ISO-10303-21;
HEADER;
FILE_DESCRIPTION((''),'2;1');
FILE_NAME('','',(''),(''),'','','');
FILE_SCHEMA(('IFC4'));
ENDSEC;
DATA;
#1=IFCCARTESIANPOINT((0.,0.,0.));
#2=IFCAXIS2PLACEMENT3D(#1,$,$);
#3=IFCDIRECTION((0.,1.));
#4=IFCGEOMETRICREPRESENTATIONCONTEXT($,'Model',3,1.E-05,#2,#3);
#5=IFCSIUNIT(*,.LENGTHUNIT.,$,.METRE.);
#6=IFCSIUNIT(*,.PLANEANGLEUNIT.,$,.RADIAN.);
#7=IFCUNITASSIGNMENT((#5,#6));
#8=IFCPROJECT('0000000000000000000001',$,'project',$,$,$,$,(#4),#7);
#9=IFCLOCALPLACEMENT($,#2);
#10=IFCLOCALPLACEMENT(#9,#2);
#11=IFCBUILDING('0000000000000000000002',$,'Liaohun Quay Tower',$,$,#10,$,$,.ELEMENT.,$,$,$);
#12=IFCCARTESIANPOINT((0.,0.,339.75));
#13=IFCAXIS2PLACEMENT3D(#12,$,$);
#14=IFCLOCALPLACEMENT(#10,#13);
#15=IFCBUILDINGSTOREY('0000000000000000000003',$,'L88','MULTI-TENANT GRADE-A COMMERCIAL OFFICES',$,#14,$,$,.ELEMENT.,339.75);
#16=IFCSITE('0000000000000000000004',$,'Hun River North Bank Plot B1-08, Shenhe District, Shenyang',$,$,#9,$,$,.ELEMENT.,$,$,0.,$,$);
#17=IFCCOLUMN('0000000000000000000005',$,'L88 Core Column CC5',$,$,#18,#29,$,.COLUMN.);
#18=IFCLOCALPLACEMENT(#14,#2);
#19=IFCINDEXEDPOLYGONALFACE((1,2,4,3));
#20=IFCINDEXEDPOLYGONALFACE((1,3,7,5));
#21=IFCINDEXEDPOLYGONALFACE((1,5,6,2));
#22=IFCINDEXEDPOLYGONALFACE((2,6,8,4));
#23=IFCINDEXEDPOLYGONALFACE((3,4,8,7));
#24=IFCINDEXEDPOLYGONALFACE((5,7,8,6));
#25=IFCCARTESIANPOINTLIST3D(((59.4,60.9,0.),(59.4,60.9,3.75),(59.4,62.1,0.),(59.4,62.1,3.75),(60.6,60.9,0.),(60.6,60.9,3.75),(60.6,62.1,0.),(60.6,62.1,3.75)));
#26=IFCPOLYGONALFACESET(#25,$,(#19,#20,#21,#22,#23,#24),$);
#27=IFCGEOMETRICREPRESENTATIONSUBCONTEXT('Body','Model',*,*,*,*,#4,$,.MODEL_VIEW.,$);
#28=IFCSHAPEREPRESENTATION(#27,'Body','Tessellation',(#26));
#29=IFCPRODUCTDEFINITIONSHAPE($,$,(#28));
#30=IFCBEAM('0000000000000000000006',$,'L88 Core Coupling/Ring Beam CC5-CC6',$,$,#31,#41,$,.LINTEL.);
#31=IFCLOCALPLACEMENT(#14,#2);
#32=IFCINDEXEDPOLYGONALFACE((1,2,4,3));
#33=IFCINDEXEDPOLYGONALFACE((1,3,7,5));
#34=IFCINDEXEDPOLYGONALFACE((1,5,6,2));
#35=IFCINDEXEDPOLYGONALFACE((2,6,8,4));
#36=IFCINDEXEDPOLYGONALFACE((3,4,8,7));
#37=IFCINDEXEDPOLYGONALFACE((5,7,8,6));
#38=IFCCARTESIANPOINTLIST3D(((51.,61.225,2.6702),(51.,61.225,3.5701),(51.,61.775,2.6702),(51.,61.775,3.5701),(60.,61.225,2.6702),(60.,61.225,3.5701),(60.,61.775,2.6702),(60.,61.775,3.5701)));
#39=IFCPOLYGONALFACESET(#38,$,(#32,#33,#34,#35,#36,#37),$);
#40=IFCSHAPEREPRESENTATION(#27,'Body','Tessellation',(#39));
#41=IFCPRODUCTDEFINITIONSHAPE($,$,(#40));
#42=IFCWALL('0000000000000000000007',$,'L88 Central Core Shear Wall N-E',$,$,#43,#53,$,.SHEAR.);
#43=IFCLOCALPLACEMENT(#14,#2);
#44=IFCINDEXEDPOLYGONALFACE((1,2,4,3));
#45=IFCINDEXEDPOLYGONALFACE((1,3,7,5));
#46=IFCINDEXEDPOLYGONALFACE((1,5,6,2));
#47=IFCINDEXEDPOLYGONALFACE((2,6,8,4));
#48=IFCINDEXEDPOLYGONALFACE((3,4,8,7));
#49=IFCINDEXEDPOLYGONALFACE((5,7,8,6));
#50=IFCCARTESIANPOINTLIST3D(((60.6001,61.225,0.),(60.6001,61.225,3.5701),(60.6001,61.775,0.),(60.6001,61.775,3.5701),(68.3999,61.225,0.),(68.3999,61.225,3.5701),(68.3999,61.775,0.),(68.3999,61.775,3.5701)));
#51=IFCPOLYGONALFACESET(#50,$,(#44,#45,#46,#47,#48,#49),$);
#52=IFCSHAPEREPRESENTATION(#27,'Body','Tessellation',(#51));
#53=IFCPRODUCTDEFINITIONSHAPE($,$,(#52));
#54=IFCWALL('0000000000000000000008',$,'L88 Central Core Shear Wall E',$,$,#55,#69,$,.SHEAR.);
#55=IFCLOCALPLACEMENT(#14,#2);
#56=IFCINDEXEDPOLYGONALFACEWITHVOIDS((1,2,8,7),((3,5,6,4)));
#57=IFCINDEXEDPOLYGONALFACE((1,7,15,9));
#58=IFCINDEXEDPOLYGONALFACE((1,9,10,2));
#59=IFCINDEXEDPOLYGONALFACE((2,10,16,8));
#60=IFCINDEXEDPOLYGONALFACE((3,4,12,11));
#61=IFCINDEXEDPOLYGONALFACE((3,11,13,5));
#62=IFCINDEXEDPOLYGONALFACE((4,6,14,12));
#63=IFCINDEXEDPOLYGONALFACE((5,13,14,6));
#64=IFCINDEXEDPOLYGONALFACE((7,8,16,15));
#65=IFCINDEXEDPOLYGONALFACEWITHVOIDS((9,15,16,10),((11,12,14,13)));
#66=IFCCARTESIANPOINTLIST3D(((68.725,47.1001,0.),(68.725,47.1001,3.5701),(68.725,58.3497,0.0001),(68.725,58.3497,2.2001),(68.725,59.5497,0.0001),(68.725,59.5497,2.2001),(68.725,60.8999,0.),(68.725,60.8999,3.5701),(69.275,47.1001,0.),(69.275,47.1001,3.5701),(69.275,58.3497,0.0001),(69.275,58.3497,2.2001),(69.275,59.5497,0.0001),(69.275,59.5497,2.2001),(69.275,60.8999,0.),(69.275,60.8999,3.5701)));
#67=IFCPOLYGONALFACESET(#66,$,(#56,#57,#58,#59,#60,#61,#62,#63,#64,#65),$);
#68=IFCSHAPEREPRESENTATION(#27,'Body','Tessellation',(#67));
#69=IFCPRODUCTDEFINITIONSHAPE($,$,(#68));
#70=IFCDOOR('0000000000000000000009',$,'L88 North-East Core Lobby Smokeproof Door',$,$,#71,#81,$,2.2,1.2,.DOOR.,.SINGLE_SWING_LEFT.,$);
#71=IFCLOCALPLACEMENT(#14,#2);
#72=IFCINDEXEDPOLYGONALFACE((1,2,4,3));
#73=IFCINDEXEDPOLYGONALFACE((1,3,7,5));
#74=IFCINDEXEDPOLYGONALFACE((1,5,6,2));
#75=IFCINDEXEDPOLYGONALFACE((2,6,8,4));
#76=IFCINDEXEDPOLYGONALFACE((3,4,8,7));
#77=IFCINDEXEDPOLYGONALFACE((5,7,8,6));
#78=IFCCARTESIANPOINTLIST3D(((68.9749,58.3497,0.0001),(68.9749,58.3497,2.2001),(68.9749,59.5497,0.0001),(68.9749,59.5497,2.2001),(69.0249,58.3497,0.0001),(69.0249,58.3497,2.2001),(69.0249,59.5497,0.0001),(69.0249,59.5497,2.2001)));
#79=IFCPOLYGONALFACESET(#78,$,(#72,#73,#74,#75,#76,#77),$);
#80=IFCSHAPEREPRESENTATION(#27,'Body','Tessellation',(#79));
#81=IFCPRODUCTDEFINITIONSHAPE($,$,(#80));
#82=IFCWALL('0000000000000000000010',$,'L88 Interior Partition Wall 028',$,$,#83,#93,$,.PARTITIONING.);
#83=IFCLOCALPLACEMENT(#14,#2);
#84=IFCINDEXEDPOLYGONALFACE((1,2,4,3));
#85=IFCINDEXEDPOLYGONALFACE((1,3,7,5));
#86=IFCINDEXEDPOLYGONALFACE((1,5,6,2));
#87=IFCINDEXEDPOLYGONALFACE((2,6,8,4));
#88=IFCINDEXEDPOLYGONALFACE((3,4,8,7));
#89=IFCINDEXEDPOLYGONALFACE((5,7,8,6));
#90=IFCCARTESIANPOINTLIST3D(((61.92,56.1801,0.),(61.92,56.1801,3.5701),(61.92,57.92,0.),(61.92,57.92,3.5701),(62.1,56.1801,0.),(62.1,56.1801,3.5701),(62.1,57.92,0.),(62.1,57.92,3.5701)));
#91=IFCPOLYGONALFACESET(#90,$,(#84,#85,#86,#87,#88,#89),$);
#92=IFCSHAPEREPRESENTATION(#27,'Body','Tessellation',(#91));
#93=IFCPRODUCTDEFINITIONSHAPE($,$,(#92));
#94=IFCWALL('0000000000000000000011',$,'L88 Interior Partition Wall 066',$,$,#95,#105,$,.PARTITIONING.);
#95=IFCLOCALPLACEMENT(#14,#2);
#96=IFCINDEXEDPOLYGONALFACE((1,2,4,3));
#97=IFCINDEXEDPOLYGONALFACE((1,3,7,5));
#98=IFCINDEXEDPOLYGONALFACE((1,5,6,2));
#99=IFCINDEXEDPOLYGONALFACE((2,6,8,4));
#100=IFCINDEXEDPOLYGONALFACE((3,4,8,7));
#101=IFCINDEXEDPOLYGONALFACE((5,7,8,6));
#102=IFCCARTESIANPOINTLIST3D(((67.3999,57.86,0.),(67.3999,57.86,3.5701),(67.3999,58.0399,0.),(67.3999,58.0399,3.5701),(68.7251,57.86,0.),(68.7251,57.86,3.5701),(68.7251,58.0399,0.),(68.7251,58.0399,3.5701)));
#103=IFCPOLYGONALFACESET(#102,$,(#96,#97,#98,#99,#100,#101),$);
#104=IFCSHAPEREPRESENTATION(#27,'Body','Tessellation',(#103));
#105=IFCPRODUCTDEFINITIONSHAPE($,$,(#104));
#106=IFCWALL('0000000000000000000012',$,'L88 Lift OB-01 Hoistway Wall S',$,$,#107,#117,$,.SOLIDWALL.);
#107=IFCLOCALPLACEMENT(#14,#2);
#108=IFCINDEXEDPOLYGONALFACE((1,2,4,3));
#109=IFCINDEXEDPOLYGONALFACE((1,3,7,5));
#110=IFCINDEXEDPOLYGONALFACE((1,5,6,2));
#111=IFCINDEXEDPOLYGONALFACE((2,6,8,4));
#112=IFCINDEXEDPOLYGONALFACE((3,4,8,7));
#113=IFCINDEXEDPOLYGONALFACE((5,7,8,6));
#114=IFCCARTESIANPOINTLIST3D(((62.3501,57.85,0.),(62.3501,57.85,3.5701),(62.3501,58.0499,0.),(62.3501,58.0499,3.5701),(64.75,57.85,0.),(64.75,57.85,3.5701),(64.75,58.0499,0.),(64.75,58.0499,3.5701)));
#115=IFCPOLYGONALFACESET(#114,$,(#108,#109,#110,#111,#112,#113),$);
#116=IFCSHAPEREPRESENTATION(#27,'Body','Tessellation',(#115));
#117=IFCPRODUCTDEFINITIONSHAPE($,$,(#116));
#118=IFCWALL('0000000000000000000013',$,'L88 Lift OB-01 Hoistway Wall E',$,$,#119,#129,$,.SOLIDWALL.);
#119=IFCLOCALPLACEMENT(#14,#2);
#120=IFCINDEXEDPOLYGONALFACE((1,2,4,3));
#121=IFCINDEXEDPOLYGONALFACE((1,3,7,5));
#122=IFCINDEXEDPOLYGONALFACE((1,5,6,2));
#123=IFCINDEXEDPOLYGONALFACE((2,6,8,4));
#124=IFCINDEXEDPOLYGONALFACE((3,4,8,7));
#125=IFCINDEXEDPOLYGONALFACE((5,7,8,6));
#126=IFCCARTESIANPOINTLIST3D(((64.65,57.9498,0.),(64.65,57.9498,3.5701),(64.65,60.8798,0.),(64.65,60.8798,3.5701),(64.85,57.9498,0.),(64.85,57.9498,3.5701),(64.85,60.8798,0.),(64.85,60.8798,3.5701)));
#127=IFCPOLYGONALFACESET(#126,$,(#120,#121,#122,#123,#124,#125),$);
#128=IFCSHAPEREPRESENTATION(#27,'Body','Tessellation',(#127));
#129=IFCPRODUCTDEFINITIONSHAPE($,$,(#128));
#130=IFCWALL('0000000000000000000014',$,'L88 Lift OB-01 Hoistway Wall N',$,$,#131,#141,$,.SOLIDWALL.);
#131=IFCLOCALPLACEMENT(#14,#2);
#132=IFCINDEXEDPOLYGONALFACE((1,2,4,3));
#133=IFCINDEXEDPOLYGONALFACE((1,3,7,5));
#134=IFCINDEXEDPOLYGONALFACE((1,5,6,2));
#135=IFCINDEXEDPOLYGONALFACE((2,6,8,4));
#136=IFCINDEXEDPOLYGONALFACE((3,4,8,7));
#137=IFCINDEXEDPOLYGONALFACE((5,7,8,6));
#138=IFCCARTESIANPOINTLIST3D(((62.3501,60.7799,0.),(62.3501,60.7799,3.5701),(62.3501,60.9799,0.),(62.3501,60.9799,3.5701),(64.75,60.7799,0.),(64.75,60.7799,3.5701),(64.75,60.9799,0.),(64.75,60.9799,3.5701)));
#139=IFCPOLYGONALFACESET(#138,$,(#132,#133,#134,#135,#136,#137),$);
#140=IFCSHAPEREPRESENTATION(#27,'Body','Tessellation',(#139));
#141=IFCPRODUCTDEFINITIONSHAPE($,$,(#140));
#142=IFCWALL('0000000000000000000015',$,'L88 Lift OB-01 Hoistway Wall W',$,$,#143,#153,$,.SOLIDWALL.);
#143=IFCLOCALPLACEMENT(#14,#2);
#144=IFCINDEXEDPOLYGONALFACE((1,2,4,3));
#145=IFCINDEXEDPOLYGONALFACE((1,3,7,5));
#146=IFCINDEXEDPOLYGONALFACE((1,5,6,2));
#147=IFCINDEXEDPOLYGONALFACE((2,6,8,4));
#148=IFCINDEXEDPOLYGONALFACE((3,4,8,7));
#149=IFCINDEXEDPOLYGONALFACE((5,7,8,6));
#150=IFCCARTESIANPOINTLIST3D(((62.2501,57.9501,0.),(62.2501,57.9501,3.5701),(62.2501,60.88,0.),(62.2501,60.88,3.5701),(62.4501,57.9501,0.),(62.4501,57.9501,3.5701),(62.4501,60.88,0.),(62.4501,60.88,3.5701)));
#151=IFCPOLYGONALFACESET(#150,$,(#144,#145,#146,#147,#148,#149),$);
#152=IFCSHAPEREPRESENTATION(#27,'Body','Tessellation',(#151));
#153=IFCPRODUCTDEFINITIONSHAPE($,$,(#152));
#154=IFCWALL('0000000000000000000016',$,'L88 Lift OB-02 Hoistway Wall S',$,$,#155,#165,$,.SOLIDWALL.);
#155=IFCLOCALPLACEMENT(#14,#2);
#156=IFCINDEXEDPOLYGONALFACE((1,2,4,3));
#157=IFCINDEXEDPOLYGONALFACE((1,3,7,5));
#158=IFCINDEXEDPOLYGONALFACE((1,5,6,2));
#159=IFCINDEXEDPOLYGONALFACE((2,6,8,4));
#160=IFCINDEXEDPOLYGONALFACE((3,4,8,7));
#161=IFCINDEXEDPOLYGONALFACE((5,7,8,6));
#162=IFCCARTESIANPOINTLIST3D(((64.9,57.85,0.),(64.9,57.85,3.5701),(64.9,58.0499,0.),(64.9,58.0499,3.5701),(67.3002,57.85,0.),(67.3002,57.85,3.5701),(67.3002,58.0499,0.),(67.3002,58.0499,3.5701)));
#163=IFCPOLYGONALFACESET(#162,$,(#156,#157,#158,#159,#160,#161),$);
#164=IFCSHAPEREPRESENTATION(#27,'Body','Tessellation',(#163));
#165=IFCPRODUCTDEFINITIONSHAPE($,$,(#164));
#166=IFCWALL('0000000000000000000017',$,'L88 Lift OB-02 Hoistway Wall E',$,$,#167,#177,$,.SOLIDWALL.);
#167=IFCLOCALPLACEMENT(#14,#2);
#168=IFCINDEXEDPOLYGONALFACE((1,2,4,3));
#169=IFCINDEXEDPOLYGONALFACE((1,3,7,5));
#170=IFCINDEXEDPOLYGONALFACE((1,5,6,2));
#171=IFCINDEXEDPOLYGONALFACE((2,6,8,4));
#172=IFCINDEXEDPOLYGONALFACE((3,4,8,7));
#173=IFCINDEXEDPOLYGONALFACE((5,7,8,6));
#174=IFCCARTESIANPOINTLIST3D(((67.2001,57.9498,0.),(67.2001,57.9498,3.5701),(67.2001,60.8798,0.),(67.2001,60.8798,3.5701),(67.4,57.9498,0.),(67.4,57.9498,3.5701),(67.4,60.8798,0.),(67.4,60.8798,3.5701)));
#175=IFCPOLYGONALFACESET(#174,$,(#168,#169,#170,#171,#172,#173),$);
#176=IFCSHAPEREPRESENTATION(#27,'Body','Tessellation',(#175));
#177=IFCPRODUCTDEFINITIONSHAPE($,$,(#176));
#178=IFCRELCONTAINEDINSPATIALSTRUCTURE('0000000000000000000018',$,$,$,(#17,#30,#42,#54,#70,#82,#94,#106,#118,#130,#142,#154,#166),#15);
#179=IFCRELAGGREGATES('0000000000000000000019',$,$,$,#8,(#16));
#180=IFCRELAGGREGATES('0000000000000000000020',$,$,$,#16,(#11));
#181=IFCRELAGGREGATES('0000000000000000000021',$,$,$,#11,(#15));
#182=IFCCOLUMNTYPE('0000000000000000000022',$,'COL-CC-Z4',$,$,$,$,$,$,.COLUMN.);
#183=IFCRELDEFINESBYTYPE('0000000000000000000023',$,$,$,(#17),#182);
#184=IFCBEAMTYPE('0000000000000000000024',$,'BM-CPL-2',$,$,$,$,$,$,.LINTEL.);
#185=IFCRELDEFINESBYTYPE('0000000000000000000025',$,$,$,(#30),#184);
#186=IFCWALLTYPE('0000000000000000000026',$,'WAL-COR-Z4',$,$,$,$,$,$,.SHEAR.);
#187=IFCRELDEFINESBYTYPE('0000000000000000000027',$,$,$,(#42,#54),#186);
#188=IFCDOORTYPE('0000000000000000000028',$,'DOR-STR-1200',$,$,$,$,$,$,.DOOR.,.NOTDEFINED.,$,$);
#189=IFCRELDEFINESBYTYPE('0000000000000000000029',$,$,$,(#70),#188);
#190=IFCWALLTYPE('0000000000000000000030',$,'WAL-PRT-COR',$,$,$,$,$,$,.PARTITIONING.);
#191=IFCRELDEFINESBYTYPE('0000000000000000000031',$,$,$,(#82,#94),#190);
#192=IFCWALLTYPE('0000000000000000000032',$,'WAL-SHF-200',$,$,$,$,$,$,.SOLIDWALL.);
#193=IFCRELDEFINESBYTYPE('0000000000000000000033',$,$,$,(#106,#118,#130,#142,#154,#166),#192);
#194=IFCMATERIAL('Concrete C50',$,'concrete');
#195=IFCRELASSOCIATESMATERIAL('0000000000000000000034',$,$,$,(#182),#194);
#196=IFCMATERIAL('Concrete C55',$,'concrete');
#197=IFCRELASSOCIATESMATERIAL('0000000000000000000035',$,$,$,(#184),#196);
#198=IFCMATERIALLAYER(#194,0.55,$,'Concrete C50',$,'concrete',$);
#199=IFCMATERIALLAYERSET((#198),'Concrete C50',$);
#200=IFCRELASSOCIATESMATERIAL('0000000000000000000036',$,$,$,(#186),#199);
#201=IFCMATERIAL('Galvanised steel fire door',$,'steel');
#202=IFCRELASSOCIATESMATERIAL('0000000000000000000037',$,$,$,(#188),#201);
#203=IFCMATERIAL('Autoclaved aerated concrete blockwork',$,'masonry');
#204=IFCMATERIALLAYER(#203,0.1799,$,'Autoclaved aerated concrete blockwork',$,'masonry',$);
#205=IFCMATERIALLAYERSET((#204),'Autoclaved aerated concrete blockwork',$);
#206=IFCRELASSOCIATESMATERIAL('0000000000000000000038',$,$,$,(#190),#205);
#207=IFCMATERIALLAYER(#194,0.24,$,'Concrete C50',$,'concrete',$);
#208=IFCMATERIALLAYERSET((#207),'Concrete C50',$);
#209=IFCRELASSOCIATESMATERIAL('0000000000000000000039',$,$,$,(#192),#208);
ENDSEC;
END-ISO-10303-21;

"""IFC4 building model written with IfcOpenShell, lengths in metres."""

from ifc_helpers import new_model, si_unit, direction, frame, frame_2d, origin, origin_2d, place, context, subcontext, project, spatial, rectangle, extrude, source, transform, mapped, material, layer, layer_set, material_profile, profile_set, type_object, element, fill, save


model = new_model("IFC4")

# Units and contexts
model_context = context("Model", 3, precision=1e-05, world=origin(), true_north=direction((0.0, 1.0)))
body_context = subcontext(model_context, "Body", "Model", "MODEL_VIEW")
ifc_project = project(units=[si_unit("LENGTHUNIT", "METRE"), si_unit("PLANEANGLEUNIT", "RADIAN")], contexts=[model_context])

# Site, building, storey
site_placement = place(None, origin())
site = spatial("IfcSite", under=ifc_project, at=site_placement, Name="Hun River North Bank Plot B1-08, Shenhe District, Shenyang", CompositionType="ELEMENT", RefElevation=0.0)
building_placement = place(site_placement, origin())
building = spatial("IfcBuilding", under=site, at=building_placement, Name="Liaohun Quay Tower", CompositionType="ELEMENT")
storey_placement = place(building_placement, frame((0.0, 0.0, 339.75)))
storey = spatial("IfcBuildingStorey", under=building, at=storey_placement, Name="L88", Description="MULTI-TENANT GRADE-A COMMERCIAL OFFICES", CompositionType="ELEMENT", Elevation=339.75)

# Column
ifc_material_1 = material(Name="Concrete C50", Category="concrete")
ifc_material_profile_1 = material_profile(ifc_material_1, rectangle(XDim=1.2, YDim=1.2, at=origin_2d()), Name="RC1200x1200")
ifc_profile_set_1 = profile_set([ifc_material_profile_1], Name="Concrete C50")
column_type = type_object("IfcColumnType", Name="COL-CC-Z4", PredefinedType="COLUMN", material=ifc_profile_set_1)
shared_shape_1 = source(origin(), body_context, "Body", "SweptSolid", [
    extrude(rectangle(XDim=1.2, YDim=1.2, at=origin_2d()), origin(), (0.0, 0.0, 1.0), 3.75),
])
column_placement = place(storey_placement, frame((60.0, 61.5, 0.0), z_axis=(0.0, 0.0, 1.0), x_axis=(1.0, 0.0, 0.0)))
element("IfcColumn", 1, at=column_placement, inside=storey, type_object=column_type, Name="L88 Core Column CC5", PredefinedType="COLUMN", context=body_context, shape_type="MappedRepresentation", body=[
    mapped(shared_shape_1, transform((0.0, 0.0, 0.0), x_axis=(1.0, 0.0, 0.0), y_axis=(0.0, 1.0, 0.0), z_axis=(0.0, 0.0, 1.0), scale=1.0)),
])

# Beam
ifc_material_2 = material(Name="Concrete C55", Category="concrete")
ifc_material_profile_2 = material_profile(ifc_material_2, rectangle(XDim=0.55, YDim=0.8999, at=origin_2d()), Name="RC550x900")
ifc_profile_set_2 = profile_set([ifc_material_profile_2], Name="Concrete C55")
beam_type = type_object("IfcBeamType", Name="BM-CPL-2", PredefinedType="LINTEL", material=ifc_profile_set_2)
shared_shape_2 = source(origin(), body_context, "Body", "SweptSolid", [
    extrude(rectangle(XDim=0.55, YDim=0.8999, at=origin_2d()), origin(), (0.0, 0.0, 1.0), 9.0),
])
beam_placement = place(storey_placement, frame((60.0, 61.5, 3.1201), z_axis=(-1.0, 0.0, 0.0), x_axis=(0.0, -1.0, 0.0)))
element("IfcBeam", 2, at=beam_placement, inside=storey, type_object=beam_type, Name="L88 Core Coupling/Ring Beam CC5-CC6", PredefinedType="LINTEL", context=body_context, shape_type="MappedRepresentation", body=[
    mapped(shared_shape_2, transform((0.0, 0.0, 0.0), x_axis=(1.0, 0.0, 0.0), y_axis=(0.0, 1.0, 0.0), z_axis=(0.0, 0.0, 1.0), scale=1.0)),
])

# Wall
ifc_layer_1 = layer(ifc_material_1, 0.55, Name="Concrete C50", Category="concrete")
ifc_layer_set_1 = layer_set([ifc_layer_1], Name="Concrete C50")
wall_type_1 = type_object("IfcWallType", Name="WAL-COR-Z4", PredefinedType="SHEAR", material=ifc_layer_set_1)
wall_1_placement = place(storey_placement, frame((60.6001, 61.5, 0.0), z_axis=(0.0, 0.0, 1.0), x_axis=(1.0, 0.0, 0.0)))
element("IfcWall", 3, at=wall_1_placement, inside=storey, type_object=wall_type_1, Name="L88 Central Core Shear Wall N-E", PredefinedType="SHEAR", context=body_context, shape_type="SweptSolid", body=[
    extrude(rectangle(XDim=7.7998, YDim=0.55, at=frame_2d((3.8999, 0.0))), origin(), (0.0, 0.0, 1.0), 3.5701),
])

# Wall, opening, door
wall_2_placement = place(storey_placement, frame((69.0, 60.8999, 0.0), z_axis=(0.0, 0.0, 1.0), x_axis=(0.0, -1.0, 0.0)))
wall_2 = element("IfcWall", 4, at=wall_2_placement, inside=storey, type_object=wall_type_1, Name="L88 Central Core Shear Wall E", PredefinedType="SHEAR", context=body_context, shape_type="SweptSolid", body=[
    extrude(rectangle(XDim=13.7998, YDim=0.55, at=frame_2d((6.8999, 0.0))), origin(), (0.0, 0.0, 1.0), 3.5701),
])
shared_shape_3 = source(origin(), body_context, "Body", "SweptSolid", [
    extrude(rectangle(XDim=1.2, YDim=2.2, at=frame_2d((0.6001, 1.1001))), frame((0.0, 0.2849, 0.0), z_axis=(0.0, -1.0, 0.0), x_axis=(1.0, 0.0, 0.0)), (0.0, 0.0, 1.0), 0.5701),
])
opening_placement = place(wall_2_placement, frame((1.3501, 0.0, 0.0)))
opening = element("IfcOpeningElement", 5, at=opening_placement, cuts=wall_2, PredefinedType="OPENING", context=body_context, shape_type="MappedRepresentation", body=[
    mapped(shared_shape_3, transform((0.0, 0.0, 0.0), x_axis=(1.0, 0.0, 0.0), y_axis=(0.0, 1.0, 0.0), z_axis=(0.0, 0.0, 1.0), scale=1.0)),
])
ifc_material_3 = material(Name="Galvanised steel fire door", Category="steel")
door_type = type_object("IfcDoorType", Name="DOR-STR-1200", OperationType="NOTDEFINED", PredefinedType="DOOR", material=ifc_material_3)
shared_shape_4 = source(origin(), body_context, "Body", "SweptSolid", [
    extrude(rectangle(XDim=1.2, YDim=2.2, at=frame_2d((0.6001, 1.1001))), frame((0.0, 0.0249, 0.0), z_axis=(0.0, -1.0, 0.0), x_axis=(1.0, 0.0, 0.0)), (0.0, 0.0, 1.0), 0.05),
])
door_placement = place(opening_placement, origin())
door = element("IfcDoor", 6, at=door_placement, inside=storey, type_object=door_type, Name="L88 North-East Core Lobby Smokeproof Door", OperationType="SINGLE_SWING_LEFT", OverallHeight=2.2, OverallWidth=1.2, PredefinedType="DOOR", context=body_context, shape_type="MappedRepresentation", body=[
    mapped(shared_shape_4, transform((0.0, 0.0, 0.0), x_axis=(1.0, 0.0, 0.0), y_axis=(0.0, 1.0, 0.0), z_axis=(0.0, 0.0, 1.0), scale=1.0)),
])
fill(opening, door)

# Walls
ifc_material_4 = material(Name="Autoclaved aerated concrete blockwork", Category="masonry")
ifc_layer_2 = layer(ifc_material_4, 0.1799, Name="Autoclaved aerated concrete blockwork", Category="masonry")
ifc_layer_set_2 = layer_set([ifc_layer_2], Name="Autoclaved aerated concrete blockwork")
wall_type_2 = type_object("IfcWallType", Name="WAL-PRT-COR", PredefinedType="PARTITIONING", material=ifc_layer_set_2)
wall_3_placement = place(storey_placement, frame((62.01, 56.1799, 0.0), z_axis=(0.0, 0.0, 1.0), x_axis=(0.0, 1.0, 0.0)))
element("IfcWall", 7, at=wall_3_placement, inside=storey, type_object=wall_type_2, Name="L88 Interior Partition Wall 028", PredefinedType="PARTITIONING", context=body_context, shape_type="SweptSolid", body=[
    extrude(rectangle(XDim=1.74, YDim=0.1799, at=frame_2d((0.8701, 0.0))), origin(), (0.0, 0.0, 1.0), 3.5701),
])
wall_4_placement = place(storey_placement, frame((67.3999, 57.95, 0.0), z_axis=(0.0, 0.0, 1.0), x_axis=(1.0, 0.0, 0.0)))
element("IfcWall", 8, at=wall_4_placement, inside=storey, type_object=wall_type_2, Name="L88 Interior Partition Wall 066", PredefinedType="PARTITIONING", context=body_context, shape_type="SweptSolid", body=[
    extrude(rectangle(XDim=1.3252, YDim=0.1799, at=frame_2d((0.6626, 0.0))), origin(), (0.0, 0.0, 1.0), 3.5701),
])
ifc_layer_3 = layer(ifc_material_1, 0.24, Name="Concrete C50", Category="concrete")
ifc_layer_set_3 = layer_set([ifc_layer_3], Name="Concrete C50")
wall_type_3 = type_object("IfcWallType", Name="WAL-SHF-200", PredefinedType="SOLIDWALL", material=ifc_layer_set_3)
wall_5_placement = place(storey_placement, frame((62.3501, 57.95, 0.0), z_axis=(0.0, 0.0, 1.0), x_axis=(1.0, 0.0, 0.0)))
element("IfcWall", 9, at=wall_5_placement, inside=storey, type_object=wall_type_3, Name="L88 Lift OB-01 Hoistway Wall S", PredefinedType="SOLIDWALL", context=body_context, shape_type="SweptSolid", body=[
    extrude(rectangle(XDim=2.3999, YDim=0.2, at=frame_2d((1.2, 0.0))), origin(), (0.0, 0.0, 1.0), 3.5701),
])
wall_6_placement = place(storey_placement, frame((64.75, 57.95, 0.0), z_axis=(0.0, 0.0, 1.0), x_axis=(0.0, 1.0, 0.0)))
element("IfcWall", 10, at=wall_6_placement, inside=storey, type_object=wall_type_3, Name="L88 Lift OB-01 Hoistway Wall E", PredefinedType="SOLIDWALL", context=body_context, shape_type="SweptSolid", body=[
    extrude(rectangle(XDim=2.9299, YDim=0.2, at=frame_2d((1.4648, 0.0))), origin(), (0.0, 0.0, 1.0), 3.5701),
])
wall_7_placement = place(storey_placement, frame((64.75, 60.8799, 0.0), z_axis=(0.0, 0.0, 1.0), x_axis=(-1.0, 0.0, 0.0)))
element("IfcWall", 11, at=wall_7_placement, inside=storey, type_object=wall_type_3, Name="L88 Lift OB-01 Hoistway Wall N", PredefinedType="SOLIDWALL", context=body_context, shape_type="SweptSolid", body=[
    extrude(rectangle(XDim=2.3999, YDim=0.2, at=frame_2d((1.2, 0.0))), origin(), (0.0, 0.0, 1.0), 3.5701),
])
wall_8_placement = place(storey_placement, frame((62.3501, 60.8799, 0.0), z_axis=(0.0, 0.0, 1.0), x_axis=(0.0, -1.0, 0.0)))
element("IfcWall", 12, at=wall_8_placement, inside=storey, type_object=wall_type_3, Name="L88 Lift OB-01 Hoistway Wall W", PredefinedType="SOLIDWALL", context=body_context, shape_type="SweptSolid", body=[
    extrude(rectangle(XDim=2.9299, YDim=0.2, at=frame_2d((1.4648, 0.0))), origin(), (0.0, 0.0, 1.0), 3.5701),
])
wall_9_placement = place(storey_placement, frame((64.8999, 57.95, 0.0), z_axis=(0.0, 0.0, 1.0), x_axis=(1.0, 0.0, 0.0)))
element("IfcWall", 13, at=wall_9_placement, inside=storey, type_object=wall_type_3, Name="L88 Lift OB-02 Hoistway Wall S", PredefinedType="SOLIDWALL", context=body_context, shape_type="SweptSolid", body=[
    extrude(rectangle(XDim=2.4001, YDim=0.2, at=frame_2d((1.2002, 0.0))), origin(), (0.0, 0.0, 1.0), 3.5701),
])
wall_10_placement = place(storey_placement, frame((67.3, 57.95, 0.0), z_axis=(0.0, 0.0, 1.0), x_axis=(0.0, 1.0, 0.0)))
element("IfcWall", 14, at=wall_10_placement, inside=storey, type_object=wall_type_3, Name="L88 Lift OB-02 Hoistway Wall E", PredefinedType="SOLIDWALL", context=body_context, shape_type="SweptSolid", body=[
    extrude(rectangle(XDim=2.9299, YDim=0.2, at=frame_2d((1.4648, 0.0))), origin(), (0.0, 0.0, 1.0), 3.5701),
])

save(model, "model.ifc")
